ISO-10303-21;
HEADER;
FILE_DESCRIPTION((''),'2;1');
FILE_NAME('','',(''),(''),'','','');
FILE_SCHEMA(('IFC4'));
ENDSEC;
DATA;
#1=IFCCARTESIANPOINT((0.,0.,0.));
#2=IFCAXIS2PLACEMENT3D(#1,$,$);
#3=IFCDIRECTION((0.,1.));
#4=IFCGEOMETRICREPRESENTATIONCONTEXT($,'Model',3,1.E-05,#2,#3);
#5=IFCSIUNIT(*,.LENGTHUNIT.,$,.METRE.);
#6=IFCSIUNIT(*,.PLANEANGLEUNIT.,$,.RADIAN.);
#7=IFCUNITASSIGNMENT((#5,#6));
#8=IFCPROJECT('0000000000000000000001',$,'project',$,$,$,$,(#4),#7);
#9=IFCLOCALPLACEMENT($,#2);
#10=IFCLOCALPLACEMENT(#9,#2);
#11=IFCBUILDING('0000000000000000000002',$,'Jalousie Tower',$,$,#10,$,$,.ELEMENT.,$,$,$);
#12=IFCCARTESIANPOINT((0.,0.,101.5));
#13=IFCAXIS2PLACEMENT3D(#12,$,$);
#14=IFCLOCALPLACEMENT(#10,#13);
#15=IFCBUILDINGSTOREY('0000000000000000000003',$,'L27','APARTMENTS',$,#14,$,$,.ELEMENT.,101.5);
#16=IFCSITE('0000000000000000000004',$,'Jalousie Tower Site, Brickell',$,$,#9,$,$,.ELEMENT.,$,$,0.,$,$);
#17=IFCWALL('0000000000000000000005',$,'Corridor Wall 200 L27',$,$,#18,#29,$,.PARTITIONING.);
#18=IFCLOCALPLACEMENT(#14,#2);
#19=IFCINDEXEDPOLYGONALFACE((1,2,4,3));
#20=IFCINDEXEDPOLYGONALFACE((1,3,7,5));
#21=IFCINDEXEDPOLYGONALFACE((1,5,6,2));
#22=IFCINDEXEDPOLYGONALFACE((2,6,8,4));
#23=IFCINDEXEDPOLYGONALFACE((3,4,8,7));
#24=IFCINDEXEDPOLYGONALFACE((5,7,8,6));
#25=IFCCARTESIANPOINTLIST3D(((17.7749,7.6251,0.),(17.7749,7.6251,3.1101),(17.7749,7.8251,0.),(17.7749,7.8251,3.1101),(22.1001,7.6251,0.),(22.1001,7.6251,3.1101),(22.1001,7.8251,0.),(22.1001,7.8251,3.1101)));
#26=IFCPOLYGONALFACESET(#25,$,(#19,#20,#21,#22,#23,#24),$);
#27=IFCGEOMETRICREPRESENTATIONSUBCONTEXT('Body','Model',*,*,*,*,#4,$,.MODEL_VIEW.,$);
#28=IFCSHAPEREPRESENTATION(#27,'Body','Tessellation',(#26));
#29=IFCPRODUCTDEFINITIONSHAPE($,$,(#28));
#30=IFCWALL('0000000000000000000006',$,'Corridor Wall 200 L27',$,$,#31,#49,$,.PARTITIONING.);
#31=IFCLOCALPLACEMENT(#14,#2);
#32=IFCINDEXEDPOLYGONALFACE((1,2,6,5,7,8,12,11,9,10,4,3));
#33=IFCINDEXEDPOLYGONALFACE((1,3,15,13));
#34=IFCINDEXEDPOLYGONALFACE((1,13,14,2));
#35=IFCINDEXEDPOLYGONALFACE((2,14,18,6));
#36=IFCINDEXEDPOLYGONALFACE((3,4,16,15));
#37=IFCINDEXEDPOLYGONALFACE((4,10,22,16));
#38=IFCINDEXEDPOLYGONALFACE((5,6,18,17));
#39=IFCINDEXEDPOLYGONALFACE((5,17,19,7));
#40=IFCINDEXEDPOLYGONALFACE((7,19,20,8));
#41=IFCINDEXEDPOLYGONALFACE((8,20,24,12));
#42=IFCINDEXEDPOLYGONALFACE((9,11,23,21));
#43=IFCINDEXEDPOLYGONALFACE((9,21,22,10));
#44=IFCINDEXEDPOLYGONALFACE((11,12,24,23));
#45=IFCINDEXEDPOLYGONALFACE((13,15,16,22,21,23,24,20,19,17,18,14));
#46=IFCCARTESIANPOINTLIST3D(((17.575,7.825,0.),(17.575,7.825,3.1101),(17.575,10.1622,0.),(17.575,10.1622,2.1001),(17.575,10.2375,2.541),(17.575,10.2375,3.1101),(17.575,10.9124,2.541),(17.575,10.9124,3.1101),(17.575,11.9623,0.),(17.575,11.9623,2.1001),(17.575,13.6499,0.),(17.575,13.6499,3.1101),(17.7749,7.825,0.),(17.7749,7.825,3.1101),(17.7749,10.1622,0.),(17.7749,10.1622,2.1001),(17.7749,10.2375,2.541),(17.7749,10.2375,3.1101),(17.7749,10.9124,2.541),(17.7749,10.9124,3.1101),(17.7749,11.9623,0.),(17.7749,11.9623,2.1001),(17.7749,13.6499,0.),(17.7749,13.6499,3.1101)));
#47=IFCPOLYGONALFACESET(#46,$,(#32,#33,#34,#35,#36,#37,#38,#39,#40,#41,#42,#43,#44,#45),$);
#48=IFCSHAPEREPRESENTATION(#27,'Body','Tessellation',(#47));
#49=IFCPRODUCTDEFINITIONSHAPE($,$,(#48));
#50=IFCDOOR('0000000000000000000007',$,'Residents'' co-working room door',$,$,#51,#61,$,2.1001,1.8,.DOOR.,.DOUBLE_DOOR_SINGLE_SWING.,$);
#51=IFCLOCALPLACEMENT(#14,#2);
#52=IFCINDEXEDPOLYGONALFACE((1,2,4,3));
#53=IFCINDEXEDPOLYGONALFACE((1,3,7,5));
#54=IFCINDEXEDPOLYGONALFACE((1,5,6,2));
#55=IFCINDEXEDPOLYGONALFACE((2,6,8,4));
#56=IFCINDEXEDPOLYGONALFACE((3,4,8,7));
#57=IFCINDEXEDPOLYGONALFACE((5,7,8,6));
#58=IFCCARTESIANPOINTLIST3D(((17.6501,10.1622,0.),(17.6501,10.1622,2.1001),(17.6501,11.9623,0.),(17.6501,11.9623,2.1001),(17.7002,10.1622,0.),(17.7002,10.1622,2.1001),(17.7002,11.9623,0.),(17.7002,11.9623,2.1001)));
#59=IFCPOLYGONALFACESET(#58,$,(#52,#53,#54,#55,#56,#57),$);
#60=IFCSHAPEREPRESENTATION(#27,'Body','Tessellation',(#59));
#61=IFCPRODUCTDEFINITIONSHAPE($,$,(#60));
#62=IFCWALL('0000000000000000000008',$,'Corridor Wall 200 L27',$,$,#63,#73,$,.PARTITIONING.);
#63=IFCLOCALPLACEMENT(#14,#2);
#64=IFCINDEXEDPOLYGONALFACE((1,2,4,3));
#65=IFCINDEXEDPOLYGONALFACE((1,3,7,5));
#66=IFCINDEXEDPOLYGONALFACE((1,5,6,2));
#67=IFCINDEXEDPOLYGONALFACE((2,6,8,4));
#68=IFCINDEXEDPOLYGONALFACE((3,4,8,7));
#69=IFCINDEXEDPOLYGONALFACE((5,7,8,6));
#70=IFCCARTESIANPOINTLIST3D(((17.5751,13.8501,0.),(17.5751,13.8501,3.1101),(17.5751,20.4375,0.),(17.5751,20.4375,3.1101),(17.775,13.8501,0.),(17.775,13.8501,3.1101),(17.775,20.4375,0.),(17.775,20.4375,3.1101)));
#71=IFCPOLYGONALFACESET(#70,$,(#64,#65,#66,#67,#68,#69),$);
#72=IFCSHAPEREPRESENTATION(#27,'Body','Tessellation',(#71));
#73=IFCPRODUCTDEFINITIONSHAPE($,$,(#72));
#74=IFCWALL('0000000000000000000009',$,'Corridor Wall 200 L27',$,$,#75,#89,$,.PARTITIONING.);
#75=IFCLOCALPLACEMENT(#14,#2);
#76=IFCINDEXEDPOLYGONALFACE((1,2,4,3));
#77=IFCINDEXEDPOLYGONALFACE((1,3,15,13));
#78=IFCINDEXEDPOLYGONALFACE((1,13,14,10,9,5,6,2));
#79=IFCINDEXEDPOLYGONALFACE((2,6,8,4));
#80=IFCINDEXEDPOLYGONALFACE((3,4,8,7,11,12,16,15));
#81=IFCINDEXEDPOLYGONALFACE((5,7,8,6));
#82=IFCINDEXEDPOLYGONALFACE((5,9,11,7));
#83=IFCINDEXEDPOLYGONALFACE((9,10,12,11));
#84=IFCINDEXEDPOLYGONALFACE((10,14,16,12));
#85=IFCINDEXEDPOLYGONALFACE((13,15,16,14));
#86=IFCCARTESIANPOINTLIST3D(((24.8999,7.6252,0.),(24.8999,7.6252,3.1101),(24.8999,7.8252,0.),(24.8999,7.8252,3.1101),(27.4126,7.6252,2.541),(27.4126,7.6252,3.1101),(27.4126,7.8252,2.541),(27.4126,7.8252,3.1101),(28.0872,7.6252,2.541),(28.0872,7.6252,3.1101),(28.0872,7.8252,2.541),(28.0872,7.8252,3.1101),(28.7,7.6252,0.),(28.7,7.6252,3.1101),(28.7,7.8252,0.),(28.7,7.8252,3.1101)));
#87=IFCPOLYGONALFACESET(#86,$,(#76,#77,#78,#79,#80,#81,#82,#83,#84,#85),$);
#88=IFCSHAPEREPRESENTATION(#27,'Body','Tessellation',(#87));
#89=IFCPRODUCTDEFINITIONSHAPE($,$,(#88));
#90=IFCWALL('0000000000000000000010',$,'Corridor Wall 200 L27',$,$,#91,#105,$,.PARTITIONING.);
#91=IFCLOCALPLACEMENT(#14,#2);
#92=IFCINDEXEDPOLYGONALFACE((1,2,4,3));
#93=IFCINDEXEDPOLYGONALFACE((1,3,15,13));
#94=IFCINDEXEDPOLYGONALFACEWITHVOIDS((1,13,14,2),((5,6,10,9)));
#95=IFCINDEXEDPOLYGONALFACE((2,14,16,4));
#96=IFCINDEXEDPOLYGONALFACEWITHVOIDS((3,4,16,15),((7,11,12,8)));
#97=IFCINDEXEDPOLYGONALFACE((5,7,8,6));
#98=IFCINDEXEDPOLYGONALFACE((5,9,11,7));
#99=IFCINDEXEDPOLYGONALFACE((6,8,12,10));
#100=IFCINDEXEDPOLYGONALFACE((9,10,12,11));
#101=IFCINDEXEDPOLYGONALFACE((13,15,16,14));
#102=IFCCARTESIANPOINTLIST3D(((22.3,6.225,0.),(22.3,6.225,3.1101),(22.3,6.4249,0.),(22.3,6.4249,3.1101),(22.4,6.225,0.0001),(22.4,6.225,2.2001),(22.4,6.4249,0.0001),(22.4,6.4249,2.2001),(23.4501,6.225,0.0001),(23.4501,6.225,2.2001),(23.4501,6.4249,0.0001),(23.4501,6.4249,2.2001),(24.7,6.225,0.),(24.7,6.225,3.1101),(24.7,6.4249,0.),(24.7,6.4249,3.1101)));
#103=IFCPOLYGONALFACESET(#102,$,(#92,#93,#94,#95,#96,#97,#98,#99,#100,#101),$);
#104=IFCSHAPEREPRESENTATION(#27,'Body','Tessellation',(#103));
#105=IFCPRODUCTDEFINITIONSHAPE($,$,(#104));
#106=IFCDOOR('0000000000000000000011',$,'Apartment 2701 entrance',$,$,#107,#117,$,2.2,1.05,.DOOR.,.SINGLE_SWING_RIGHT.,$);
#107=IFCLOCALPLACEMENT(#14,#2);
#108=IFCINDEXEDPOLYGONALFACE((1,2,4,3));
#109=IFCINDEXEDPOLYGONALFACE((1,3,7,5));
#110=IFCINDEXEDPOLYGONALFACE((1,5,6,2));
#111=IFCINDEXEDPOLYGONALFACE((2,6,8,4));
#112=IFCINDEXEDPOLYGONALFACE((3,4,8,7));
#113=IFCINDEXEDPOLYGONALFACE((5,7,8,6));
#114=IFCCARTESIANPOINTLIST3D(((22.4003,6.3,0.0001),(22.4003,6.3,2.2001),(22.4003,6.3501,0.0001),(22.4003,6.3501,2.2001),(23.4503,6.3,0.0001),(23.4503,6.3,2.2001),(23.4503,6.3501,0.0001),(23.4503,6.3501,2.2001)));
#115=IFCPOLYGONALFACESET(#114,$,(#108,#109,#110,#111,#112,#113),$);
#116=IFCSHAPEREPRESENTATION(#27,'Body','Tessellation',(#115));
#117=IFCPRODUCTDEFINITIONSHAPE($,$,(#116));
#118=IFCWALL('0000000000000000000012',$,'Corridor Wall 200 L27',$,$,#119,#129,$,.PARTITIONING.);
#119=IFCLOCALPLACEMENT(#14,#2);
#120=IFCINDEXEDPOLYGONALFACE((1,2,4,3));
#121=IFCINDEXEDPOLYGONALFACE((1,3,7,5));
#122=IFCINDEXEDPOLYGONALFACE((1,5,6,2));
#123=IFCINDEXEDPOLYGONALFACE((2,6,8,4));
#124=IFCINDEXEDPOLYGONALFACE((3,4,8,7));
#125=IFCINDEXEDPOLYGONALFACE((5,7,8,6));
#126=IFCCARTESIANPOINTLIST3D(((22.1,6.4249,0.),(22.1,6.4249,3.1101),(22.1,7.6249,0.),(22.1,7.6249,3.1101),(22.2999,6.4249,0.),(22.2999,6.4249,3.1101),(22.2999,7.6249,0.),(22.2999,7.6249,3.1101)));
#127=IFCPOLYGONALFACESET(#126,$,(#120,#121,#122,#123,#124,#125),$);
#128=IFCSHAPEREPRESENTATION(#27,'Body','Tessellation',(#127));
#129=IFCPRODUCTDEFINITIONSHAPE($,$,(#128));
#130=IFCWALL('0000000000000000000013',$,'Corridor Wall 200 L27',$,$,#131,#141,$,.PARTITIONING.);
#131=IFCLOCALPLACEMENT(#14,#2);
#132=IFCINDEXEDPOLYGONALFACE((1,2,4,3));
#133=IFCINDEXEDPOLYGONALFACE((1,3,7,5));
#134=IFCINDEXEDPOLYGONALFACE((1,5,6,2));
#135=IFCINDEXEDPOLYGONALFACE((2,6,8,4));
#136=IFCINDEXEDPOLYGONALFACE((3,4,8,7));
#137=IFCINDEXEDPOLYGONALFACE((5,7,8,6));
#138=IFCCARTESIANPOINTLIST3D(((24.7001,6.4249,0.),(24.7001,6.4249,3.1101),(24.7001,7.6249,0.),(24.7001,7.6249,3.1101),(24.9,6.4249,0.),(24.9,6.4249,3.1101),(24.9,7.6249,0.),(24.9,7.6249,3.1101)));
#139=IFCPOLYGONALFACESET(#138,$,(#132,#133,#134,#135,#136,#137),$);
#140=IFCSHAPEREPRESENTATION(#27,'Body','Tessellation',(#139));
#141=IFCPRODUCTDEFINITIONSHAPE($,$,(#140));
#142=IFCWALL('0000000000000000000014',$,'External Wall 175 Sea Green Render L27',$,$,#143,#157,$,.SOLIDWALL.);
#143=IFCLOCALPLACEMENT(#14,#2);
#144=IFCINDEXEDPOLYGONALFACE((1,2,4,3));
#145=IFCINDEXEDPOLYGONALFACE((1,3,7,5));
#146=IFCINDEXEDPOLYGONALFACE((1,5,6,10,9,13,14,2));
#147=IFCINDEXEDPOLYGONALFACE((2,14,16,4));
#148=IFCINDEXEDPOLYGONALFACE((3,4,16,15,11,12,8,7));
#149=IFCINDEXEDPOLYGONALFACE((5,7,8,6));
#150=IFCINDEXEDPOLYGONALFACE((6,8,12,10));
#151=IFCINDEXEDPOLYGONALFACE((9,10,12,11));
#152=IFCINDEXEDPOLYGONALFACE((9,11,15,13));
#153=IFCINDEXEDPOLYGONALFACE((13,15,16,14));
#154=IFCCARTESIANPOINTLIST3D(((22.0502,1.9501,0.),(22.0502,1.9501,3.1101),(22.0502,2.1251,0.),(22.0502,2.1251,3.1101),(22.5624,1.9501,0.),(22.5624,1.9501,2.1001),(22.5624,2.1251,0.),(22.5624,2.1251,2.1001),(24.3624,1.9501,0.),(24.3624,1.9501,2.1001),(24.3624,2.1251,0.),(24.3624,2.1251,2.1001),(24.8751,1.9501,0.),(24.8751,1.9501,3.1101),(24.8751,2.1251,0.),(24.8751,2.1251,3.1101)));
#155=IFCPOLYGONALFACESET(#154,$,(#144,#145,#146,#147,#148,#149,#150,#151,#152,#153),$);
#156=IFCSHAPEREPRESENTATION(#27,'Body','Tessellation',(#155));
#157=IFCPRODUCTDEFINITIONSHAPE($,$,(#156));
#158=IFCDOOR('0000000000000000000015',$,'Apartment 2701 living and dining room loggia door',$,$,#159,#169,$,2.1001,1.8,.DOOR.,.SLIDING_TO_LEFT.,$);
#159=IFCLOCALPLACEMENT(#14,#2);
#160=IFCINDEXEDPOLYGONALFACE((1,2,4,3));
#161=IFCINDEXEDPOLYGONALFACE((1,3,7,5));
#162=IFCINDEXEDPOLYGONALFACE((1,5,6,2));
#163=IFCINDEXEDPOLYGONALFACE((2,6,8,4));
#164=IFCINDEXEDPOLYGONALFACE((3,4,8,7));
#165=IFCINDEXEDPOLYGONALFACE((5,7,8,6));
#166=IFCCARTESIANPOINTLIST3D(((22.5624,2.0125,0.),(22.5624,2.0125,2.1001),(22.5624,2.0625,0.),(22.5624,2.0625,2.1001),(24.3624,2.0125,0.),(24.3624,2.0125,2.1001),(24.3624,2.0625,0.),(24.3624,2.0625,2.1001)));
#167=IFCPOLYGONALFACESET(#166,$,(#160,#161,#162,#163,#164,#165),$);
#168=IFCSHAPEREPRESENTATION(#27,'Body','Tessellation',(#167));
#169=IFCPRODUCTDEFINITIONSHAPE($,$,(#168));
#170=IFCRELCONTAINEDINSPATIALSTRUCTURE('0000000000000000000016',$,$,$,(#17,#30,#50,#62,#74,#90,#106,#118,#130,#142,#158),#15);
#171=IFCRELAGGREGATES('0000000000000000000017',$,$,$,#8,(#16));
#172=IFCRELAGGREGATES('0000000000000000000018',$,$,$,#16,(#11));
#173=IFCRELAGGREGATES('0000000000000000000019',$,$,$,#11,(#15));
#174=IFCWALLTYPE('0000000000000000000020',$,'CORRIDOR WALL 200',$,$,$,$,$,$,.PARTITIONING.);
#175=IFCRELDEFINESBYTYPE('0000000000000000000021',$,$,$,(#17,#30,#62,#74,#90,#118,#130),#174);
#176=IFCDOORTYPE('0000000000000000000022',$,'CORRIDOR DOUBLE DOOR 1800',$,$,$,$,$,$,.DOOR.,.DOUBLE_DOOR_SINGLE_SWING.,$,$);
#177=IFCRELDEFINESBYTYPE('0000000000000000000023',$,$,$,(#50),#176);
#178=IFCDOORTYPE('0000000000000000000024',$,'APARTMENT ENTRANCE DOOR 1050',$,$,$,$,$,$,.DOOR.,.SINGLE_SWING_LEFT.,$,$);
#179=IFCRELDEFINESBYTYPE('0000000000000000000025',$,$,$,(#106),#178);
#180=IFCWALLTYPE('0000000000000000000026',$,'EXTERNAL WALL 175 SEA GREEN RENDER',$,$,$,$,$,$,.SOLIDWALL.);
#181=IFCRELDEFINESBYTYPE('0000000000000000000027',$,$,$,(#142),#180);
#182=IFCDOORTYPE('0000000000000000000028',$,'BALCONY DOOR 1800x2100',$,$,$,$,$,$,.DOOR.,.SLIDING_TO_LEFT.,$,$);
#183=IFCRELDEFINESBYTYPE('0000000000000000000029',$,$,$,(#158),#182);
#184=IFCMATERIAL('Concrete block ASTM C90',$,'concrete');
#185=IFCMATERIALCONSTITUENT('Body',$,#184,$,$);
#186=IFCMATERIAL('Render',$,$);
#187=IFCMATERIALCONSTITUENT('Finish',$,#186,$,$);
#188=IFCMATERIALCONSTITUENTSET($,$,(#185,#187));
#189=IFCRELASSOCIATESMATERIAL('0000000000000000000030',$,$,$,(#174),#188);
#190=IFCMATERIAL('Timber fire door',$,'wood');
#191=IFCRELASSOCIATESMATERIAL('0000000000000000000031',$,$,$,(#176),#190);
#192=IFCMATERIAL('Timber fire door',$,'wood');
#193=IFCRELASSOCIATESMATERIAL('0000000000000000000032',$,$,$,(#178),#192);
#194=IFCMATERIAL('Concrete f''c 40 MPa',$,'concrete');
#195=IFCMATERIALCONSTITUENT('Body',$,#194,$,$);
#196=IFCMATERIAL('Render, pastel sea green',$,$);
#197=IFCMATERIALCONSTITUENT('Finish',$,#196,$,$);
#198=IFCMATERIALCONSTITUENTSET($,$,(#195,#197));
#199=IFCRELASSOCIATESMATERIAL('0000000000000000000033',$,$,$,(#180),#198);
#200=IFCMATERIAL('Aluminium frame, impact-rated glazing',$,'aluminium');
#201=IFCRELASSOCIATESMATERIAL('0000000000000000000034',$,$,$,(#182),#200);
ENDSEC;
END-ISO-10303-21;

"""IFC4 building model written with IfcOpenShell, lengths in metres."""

from ifc_helpers import new_model, si_unit, direction, frame, frame_2d, origin, place, context, subcontext, project, spatial, polyline, rectangle, outline, extrude, material, constituent, constituent_set, type_object, element, fill, save


model = new_model("IFC4")

# Units and contexts
model_context = context("Model", 3, precision=1e-05, world=origin(), true_north=direction((0.0, 1.0)))
body_context = subcontext(model_context, "Body", "Model", "MODEL_VIEW")
ifc_project = project(units=[si_unit("LENGTHUNIT", "METRE"), si_unit("PLANEANGLEUNIT", "RADIAN")], contexts=[model_context])

# Site, building, storey
site_placement = place(None, origin())
site = spatial("IfcSite", under=ifc_project, at=site_placement, Name="Jalousie Tower Site, Brickell", CompositionType="ELEMENT", RefElevation=0.0)
building_placement = place(site_placement, origin())
building = spatial("IfcBuilding", under=site, at=building_placement, Name="Jalousie Tower", CompositionType="ELEMENT")
storey_placement = place(building_placement, frame((0.0, 0.0, 101.5)))
storey = spatial("IfcBuildingStorey", under=building, at=storey_placement, Name="L27", Description="APARTMENTS", CompositionType="ELEMENT", Elevation=101.5)

# Wall
ifc_material_1 = material(Name="Concrete block ASTM C90", Category="concrete")
ifc_constituent_1 = constituent(ifc_material_1, Name="Body")
ifc_material_2 = material(Name="Render")
ifc_constituent_2 = constituent(ifc_material_2, Name="Finish")
ifc_constituent_set_1 = constituent_set(constituents=[ifc_constituent_1, ifc_constituent_2])
wall_type_1 = type_object("IfcWallType", Name="CORRIDOR WALL 200", PredefinedType="PARTITIONING", material=ifc_constituent_set_1)
wall_1_placement = place(storey_placement, frame((17.7749, 7.7251, 0.0), z_axis=(0.0, 0.0, 1.0), x_axis=(1.0, 0.0, 0.0)))
element("IfcWall", 1, at=wall_1_placement, inside=storey, type_object=wall_type_1, Name="Corridor Wall 200 L27", PredefinedType="PARTITIONING", context=body_context, shape_type="SweptSolid", body=[
    extrude(rectangle(XDim=4.3252, YDim=0.2, at=frame_2d((2.1626, 0.0))), origin(), (0.0, 0.0, 1.0), 3.1101),
])

# Wall, opening, door
wall_2_placement = place(storey_placement, frame((17.675, 7.825, 0.0), z_axis=(0.0, 0.0, 1.0), x_axis=(0.0, 1.0, 0.0)))
wall_2 = element("IfcWall", 2, at=wall_2_placement, inside=storey, type_object=wall_type_1, Name="Corridor Wall 200 L27", PredefinedType="PARTITIONING", context=body_context, shape_type="SweptSolid", body=[
    extrude(outline(polyline([(0.0, 0.0), (5.825, 0.0), (5.825, 3.1101), (3.0874, 3.1101), (3.0874, 2.541), (2.4126, 2.541), (2.4126, 3.1101), (0.0, 3.1101), (0.0, 0.0)])), frame((0.0, 0.1001, 0.0), z_axis=(0.0, -1.0, 0.0), x_axis=(1.0, 0.0, 0.0)), (0.0, 0.0, 1.0), 0.2),
])
opening_1_placement = place(wall_2_placement, frame((2.3374, 0.0, 0.0)))
opening_1 = element("IfcOpeningElement", 3, at=opening_1_placement, cuts=wall_2, PredefinedType="OPENING", context=body_context, shape_type="SweptSolid", body=[
    extrude(rectangle(XDim=1.8, YDim=2.1001, at=frame_2d((0.8999, 1.05))), frame((0.0, 0.1099, 0.0), z_axis=(0.0, -1.0, 0.0), x_axis=(1.0, 0.0, 0.0)), (0.0, 0.0, 1.0), 0.22),
])
ifc_material_3 = material(Name="Timber fire door", Category="wood")
door_type_1 = type_object("IfcDoorType", Name="CORRIDOR DOUBLE DOOR 1800", OperationType="DOUBLE_DOOR_SINGLE_SWING", PredefinedType="DOOR", material=ifc_material_3)
door_1_placement = place(opening_1_placement, origin())
door_1 = element("IfcDoor", 4, at=door_1_placement, inside=storey, type_object=door_type_1, Name="Residents' co-working room door", OperationType="DOUBLE_DOOR_SINGLE_SWING", OverallHeight=2.1001, OverallWidth=1.8, PredefinedType="DOOR", context=body_context, shape_type="SweptSolid", body=[
    extrude(rectangle(XDim=1.8, YDim=2.1001, at=frame_2d((0.8999, 1.05))), frame((0.0, 0.0249, 0.0), z_axis=(0.0, -1.0, 0.0), x_axis=(1.0, 0.0, 0.0)), (0.0, 0.0, 1.0), 0.05),
])
fill(opening_1, door_1)

# Walls
wall_3_placement = place(storey_placement, frame((17.675, 13.8501, 0.0), z_axis=(0.0, 0.0, 1.0), x_axis=(0.0, 1.0, 0.0)))
element("IfcWall", 5, at=wall_3_placement, inside=storey, type_object=wall_type_1, Name="Corridor Wall 200 L27", PredefinedType="PARTITIONING", context=body_context, shape_type="SweptSolid", body=[
    extrude(rectangle(XDim=6.5874, YDim=0.2, at=frame_2d((3.2937, 0.0))), origin(), (0.0, 0.0, 1.0), 3.1101),
])
wall_4_placement = place(storey_placement, frame((24.8999, 7.7251, 0.0), z_axis=(0.0, 0.0, 1.0), x_axis=(1.0, 0.0, 0.0)))
element("IfcWall", 6, at=wall_4_placement, inside=storey, type_object=wall_type_1, Name="Corridor Wall 200 L27", PredefinedType="PARTITIONING", context=body_context, shape_type="SweptSolid", body=[
    extrude(outline(polyline([(0.0, 0.0), (3.8, 0.0), (3.8, 3.1101), (3.1873, 3.1101), (3.1873, 2.541), (2.5127, 2.541), (2.5127, 3.1101), (0.0, 3.1101), (0.0, 0.0)])), frame((0.0, 0.1001, 0.0), z_axis=(0.0, -1.0, 0.0), x_axis=(1.0, 0.0, 0.0)), (0.0, 0.0, 1.0), 0.2),
])

# Wall, opening, door
wall_5_placement = place(storey_placement, frame((22.3, 6.325, 0.0), z_axis=(0.0, 0.0, 1.0), x_axis=(1.0, 0.0, 0.0)))
wall_5 = element("IfcWall", 7, at=wall_5_placement, inside=storey, type_object=wall_type_1, Name="Corridor Wall 200 L27", PredefinedType="PARTITIONING", context=body_context, shape_type="SweptSolid", body=[
    extrude(rectangle(XDim=2.3999, YDim=0.2, at=frame_2d((1.2, 0.0))), origin(), (0.0, 0.0, 1.0), 3.1101),
])
opening_2_placement = place(wall_5_placement, frame((0.1001, 0.0, 0.0)))
opening_2 = element("IfcOpeningElement", 8, at=opening_2_placement, cuts=wall_5, PredefinedType="OPENING", context=body_context, shape_type="SweptSolid", body=[
    extrude(rectangle(XDim=1.05, YDim=2.2, at=frame_2d((0.5249, 1.1001))), frame((0.0, 0.1099, 0.0), z_axis=(0.0, -1.0, 0.0), x_axis=(1.0, 0.0, 0.0)), (0.0, 0.0, 1.0), 0.22),
])
ifc_material_4 = material(Name="Timber fire door", Category="wood")
door_type_2 = type_object("IfcDoorType", Name="APARTMENT ENTRANCE DOOR 1050", OperationType="SINGLE_SWING_LEFT", PredefinedType="DOOR", material=ifc_material_4)
door_2_placement = place(opening_2_placement, frame((1.05, 0.0, 0.0), z_axis=(0.0, 0.0, 1.0), x_axis=(-1.0, 0.0, 0.0)))
door_2 = element("IfcDoor", 9, at=door_2_placement, inside=storey, type_object=door_type_2, Name="Apartment 2701 entrance", OperationType="SINGLE_SWING_RIGHT", OverallHeight=2.2, OverallWidth=1.05, PredefinedType="DOOR", context=body_context, shape_type="SweptSolid", body=[
    extrude(rectangle(XDim=1.05, YDim=2.2, at=frame_2d((0.5249, 1.1001))), frame((0.0, 0.0249, 0.0), z_axis=(0.0, -1.0, 0.0), x_axis=(1.0, 0.0, 0.0)), (0.0, 0.0, 1.0), 0.05),
])
fill(opening_2, door_2)

# Walls
for number, where, z_axis, x_axis, name in (
    (10, (22.2, 7.625, 0.0), (0.0, 0.0, 1.0), (0.0, -1.0, 0.0), "Corridor Wall 200 L27"),
    (11, (24.8, 7.625, 0.0), (0.0, 0.0, 1.0), (0.0, -1.0, 0.0), "Corridor Wall 200 L27"),
):
    element("IfcWall", number, at=place(storey_placement, frame(where, z_axis=z_axis, x_axis=x_axis)), inside=storey, type_object=wall_type_1, Name=name, PredefinedType="PARTITIONING", context=body_context, shape_type="SweptSolid", body=[
        extrude(rectangle(XDim=1.2, YDim=0.2, at=frame_2d((0.6001, 0.0))), origin(), (0.0, 0.0, 1.0), 3.1101),
    ])

# Wall, opening, door
ifc_material_5 = material(Name="Concrete f'c 40 MPa", Category="concrete")
ifc_constituent_3 = constituent(ifc_material_5, Name="Body")
ifc_material_6 = material(Name="Render, pastel sea green")
ifc_constituent_4 = constituent(ifc_material_6, Name="Finish")
ifc_constituent_set_2 = constituent_set(constituents=[ifc_constituent_3, ifc_constituent_4])
wall_type_2 = type_object("IfcWallType", Name="EXTERNAL WALL 175 SEA GREEN RENDER", PredefinedType="SOLIDWALL", material=ifc_constituent_set_2)
wall_6_placement = place(storey_placement, frame((22.05, 2.0376, 0.0), z_axis=(0.0, 0.0, 1.0), x_axis=(1.0, 0.0, 0.0)))
wall_6 = element("IfcWall", 12, at=wall_6_placement, inside=storey, type_object=wall_type_2, Name="External Wall 175 Sea Green Render L27", PredefinedType="SOLIDWALL", context=body_context, shape_type="SweptSolid", body=[
    extrude(rectangle(XDim=2.825, YDim=0.175, at=frame_2d((1.4126, 0.0))), origin(), (0.0, 0.0, 1.0), 3.1101),
])
opening_3_placement = place(wall_6_placement, frame((0.5125, 0.0, 0.0)))
opening_3 = element("IfcOpeningElement", 13, at=opening_3_placement, cuts=wall_6, PredefinedType="OPENING", context=body_context, shape_type="SweptSolid", body=[
    extrude(rectangle(XDim=1.8, YDim=2.1001, at=frame_2d((0.8999, 1.05))), frame((0.0, 0.0974, 0.0), z_axis=(0.0, -1.0, 0.0), x_axis=(1.0, 0.0, 0.0)), (0.0, 0.0, 1.0), 0.1951),
])
ifc_material_7 = material(Name="Aluminium frame, impact-rated glazing", Category="aluminium")
door_type_3 = type_object("IfcDoorType", Name="BALCONY DOOR 1800x2100", OperationType="SLIDING_TO_LEFT", PredefinedType="DOOR", material=ifc_material_7)
door_3_placement = place(opening_3_placement, origin())
door_3 = element("IfcDoor", 14, at=door_3_placement, inside=storey, type_object=door_type_3, Name="Apartment 2701 living and dining room loggia door", OperationType="SLIDING_TO_LEFT", OverallHeight=2.1001, OverallWidth=1.8, PredefinedType="DOOR", context=body_context, shape_type="SweptSolid", body=[
    extrude(rectangle(XDim=1.8, YDim=2.1001, at=frame_2d((0.8999, 1.05))), frame((0.0, 0.0249, 0.0), z_axis=(0.0, -1.0, 0.0), x_axis=(1.0, 0.0, 0.0)), (0.0, 0.0, 1.0), 0.05),
])
fill(opening_3, door_3)

save(model, "model.ifc")
